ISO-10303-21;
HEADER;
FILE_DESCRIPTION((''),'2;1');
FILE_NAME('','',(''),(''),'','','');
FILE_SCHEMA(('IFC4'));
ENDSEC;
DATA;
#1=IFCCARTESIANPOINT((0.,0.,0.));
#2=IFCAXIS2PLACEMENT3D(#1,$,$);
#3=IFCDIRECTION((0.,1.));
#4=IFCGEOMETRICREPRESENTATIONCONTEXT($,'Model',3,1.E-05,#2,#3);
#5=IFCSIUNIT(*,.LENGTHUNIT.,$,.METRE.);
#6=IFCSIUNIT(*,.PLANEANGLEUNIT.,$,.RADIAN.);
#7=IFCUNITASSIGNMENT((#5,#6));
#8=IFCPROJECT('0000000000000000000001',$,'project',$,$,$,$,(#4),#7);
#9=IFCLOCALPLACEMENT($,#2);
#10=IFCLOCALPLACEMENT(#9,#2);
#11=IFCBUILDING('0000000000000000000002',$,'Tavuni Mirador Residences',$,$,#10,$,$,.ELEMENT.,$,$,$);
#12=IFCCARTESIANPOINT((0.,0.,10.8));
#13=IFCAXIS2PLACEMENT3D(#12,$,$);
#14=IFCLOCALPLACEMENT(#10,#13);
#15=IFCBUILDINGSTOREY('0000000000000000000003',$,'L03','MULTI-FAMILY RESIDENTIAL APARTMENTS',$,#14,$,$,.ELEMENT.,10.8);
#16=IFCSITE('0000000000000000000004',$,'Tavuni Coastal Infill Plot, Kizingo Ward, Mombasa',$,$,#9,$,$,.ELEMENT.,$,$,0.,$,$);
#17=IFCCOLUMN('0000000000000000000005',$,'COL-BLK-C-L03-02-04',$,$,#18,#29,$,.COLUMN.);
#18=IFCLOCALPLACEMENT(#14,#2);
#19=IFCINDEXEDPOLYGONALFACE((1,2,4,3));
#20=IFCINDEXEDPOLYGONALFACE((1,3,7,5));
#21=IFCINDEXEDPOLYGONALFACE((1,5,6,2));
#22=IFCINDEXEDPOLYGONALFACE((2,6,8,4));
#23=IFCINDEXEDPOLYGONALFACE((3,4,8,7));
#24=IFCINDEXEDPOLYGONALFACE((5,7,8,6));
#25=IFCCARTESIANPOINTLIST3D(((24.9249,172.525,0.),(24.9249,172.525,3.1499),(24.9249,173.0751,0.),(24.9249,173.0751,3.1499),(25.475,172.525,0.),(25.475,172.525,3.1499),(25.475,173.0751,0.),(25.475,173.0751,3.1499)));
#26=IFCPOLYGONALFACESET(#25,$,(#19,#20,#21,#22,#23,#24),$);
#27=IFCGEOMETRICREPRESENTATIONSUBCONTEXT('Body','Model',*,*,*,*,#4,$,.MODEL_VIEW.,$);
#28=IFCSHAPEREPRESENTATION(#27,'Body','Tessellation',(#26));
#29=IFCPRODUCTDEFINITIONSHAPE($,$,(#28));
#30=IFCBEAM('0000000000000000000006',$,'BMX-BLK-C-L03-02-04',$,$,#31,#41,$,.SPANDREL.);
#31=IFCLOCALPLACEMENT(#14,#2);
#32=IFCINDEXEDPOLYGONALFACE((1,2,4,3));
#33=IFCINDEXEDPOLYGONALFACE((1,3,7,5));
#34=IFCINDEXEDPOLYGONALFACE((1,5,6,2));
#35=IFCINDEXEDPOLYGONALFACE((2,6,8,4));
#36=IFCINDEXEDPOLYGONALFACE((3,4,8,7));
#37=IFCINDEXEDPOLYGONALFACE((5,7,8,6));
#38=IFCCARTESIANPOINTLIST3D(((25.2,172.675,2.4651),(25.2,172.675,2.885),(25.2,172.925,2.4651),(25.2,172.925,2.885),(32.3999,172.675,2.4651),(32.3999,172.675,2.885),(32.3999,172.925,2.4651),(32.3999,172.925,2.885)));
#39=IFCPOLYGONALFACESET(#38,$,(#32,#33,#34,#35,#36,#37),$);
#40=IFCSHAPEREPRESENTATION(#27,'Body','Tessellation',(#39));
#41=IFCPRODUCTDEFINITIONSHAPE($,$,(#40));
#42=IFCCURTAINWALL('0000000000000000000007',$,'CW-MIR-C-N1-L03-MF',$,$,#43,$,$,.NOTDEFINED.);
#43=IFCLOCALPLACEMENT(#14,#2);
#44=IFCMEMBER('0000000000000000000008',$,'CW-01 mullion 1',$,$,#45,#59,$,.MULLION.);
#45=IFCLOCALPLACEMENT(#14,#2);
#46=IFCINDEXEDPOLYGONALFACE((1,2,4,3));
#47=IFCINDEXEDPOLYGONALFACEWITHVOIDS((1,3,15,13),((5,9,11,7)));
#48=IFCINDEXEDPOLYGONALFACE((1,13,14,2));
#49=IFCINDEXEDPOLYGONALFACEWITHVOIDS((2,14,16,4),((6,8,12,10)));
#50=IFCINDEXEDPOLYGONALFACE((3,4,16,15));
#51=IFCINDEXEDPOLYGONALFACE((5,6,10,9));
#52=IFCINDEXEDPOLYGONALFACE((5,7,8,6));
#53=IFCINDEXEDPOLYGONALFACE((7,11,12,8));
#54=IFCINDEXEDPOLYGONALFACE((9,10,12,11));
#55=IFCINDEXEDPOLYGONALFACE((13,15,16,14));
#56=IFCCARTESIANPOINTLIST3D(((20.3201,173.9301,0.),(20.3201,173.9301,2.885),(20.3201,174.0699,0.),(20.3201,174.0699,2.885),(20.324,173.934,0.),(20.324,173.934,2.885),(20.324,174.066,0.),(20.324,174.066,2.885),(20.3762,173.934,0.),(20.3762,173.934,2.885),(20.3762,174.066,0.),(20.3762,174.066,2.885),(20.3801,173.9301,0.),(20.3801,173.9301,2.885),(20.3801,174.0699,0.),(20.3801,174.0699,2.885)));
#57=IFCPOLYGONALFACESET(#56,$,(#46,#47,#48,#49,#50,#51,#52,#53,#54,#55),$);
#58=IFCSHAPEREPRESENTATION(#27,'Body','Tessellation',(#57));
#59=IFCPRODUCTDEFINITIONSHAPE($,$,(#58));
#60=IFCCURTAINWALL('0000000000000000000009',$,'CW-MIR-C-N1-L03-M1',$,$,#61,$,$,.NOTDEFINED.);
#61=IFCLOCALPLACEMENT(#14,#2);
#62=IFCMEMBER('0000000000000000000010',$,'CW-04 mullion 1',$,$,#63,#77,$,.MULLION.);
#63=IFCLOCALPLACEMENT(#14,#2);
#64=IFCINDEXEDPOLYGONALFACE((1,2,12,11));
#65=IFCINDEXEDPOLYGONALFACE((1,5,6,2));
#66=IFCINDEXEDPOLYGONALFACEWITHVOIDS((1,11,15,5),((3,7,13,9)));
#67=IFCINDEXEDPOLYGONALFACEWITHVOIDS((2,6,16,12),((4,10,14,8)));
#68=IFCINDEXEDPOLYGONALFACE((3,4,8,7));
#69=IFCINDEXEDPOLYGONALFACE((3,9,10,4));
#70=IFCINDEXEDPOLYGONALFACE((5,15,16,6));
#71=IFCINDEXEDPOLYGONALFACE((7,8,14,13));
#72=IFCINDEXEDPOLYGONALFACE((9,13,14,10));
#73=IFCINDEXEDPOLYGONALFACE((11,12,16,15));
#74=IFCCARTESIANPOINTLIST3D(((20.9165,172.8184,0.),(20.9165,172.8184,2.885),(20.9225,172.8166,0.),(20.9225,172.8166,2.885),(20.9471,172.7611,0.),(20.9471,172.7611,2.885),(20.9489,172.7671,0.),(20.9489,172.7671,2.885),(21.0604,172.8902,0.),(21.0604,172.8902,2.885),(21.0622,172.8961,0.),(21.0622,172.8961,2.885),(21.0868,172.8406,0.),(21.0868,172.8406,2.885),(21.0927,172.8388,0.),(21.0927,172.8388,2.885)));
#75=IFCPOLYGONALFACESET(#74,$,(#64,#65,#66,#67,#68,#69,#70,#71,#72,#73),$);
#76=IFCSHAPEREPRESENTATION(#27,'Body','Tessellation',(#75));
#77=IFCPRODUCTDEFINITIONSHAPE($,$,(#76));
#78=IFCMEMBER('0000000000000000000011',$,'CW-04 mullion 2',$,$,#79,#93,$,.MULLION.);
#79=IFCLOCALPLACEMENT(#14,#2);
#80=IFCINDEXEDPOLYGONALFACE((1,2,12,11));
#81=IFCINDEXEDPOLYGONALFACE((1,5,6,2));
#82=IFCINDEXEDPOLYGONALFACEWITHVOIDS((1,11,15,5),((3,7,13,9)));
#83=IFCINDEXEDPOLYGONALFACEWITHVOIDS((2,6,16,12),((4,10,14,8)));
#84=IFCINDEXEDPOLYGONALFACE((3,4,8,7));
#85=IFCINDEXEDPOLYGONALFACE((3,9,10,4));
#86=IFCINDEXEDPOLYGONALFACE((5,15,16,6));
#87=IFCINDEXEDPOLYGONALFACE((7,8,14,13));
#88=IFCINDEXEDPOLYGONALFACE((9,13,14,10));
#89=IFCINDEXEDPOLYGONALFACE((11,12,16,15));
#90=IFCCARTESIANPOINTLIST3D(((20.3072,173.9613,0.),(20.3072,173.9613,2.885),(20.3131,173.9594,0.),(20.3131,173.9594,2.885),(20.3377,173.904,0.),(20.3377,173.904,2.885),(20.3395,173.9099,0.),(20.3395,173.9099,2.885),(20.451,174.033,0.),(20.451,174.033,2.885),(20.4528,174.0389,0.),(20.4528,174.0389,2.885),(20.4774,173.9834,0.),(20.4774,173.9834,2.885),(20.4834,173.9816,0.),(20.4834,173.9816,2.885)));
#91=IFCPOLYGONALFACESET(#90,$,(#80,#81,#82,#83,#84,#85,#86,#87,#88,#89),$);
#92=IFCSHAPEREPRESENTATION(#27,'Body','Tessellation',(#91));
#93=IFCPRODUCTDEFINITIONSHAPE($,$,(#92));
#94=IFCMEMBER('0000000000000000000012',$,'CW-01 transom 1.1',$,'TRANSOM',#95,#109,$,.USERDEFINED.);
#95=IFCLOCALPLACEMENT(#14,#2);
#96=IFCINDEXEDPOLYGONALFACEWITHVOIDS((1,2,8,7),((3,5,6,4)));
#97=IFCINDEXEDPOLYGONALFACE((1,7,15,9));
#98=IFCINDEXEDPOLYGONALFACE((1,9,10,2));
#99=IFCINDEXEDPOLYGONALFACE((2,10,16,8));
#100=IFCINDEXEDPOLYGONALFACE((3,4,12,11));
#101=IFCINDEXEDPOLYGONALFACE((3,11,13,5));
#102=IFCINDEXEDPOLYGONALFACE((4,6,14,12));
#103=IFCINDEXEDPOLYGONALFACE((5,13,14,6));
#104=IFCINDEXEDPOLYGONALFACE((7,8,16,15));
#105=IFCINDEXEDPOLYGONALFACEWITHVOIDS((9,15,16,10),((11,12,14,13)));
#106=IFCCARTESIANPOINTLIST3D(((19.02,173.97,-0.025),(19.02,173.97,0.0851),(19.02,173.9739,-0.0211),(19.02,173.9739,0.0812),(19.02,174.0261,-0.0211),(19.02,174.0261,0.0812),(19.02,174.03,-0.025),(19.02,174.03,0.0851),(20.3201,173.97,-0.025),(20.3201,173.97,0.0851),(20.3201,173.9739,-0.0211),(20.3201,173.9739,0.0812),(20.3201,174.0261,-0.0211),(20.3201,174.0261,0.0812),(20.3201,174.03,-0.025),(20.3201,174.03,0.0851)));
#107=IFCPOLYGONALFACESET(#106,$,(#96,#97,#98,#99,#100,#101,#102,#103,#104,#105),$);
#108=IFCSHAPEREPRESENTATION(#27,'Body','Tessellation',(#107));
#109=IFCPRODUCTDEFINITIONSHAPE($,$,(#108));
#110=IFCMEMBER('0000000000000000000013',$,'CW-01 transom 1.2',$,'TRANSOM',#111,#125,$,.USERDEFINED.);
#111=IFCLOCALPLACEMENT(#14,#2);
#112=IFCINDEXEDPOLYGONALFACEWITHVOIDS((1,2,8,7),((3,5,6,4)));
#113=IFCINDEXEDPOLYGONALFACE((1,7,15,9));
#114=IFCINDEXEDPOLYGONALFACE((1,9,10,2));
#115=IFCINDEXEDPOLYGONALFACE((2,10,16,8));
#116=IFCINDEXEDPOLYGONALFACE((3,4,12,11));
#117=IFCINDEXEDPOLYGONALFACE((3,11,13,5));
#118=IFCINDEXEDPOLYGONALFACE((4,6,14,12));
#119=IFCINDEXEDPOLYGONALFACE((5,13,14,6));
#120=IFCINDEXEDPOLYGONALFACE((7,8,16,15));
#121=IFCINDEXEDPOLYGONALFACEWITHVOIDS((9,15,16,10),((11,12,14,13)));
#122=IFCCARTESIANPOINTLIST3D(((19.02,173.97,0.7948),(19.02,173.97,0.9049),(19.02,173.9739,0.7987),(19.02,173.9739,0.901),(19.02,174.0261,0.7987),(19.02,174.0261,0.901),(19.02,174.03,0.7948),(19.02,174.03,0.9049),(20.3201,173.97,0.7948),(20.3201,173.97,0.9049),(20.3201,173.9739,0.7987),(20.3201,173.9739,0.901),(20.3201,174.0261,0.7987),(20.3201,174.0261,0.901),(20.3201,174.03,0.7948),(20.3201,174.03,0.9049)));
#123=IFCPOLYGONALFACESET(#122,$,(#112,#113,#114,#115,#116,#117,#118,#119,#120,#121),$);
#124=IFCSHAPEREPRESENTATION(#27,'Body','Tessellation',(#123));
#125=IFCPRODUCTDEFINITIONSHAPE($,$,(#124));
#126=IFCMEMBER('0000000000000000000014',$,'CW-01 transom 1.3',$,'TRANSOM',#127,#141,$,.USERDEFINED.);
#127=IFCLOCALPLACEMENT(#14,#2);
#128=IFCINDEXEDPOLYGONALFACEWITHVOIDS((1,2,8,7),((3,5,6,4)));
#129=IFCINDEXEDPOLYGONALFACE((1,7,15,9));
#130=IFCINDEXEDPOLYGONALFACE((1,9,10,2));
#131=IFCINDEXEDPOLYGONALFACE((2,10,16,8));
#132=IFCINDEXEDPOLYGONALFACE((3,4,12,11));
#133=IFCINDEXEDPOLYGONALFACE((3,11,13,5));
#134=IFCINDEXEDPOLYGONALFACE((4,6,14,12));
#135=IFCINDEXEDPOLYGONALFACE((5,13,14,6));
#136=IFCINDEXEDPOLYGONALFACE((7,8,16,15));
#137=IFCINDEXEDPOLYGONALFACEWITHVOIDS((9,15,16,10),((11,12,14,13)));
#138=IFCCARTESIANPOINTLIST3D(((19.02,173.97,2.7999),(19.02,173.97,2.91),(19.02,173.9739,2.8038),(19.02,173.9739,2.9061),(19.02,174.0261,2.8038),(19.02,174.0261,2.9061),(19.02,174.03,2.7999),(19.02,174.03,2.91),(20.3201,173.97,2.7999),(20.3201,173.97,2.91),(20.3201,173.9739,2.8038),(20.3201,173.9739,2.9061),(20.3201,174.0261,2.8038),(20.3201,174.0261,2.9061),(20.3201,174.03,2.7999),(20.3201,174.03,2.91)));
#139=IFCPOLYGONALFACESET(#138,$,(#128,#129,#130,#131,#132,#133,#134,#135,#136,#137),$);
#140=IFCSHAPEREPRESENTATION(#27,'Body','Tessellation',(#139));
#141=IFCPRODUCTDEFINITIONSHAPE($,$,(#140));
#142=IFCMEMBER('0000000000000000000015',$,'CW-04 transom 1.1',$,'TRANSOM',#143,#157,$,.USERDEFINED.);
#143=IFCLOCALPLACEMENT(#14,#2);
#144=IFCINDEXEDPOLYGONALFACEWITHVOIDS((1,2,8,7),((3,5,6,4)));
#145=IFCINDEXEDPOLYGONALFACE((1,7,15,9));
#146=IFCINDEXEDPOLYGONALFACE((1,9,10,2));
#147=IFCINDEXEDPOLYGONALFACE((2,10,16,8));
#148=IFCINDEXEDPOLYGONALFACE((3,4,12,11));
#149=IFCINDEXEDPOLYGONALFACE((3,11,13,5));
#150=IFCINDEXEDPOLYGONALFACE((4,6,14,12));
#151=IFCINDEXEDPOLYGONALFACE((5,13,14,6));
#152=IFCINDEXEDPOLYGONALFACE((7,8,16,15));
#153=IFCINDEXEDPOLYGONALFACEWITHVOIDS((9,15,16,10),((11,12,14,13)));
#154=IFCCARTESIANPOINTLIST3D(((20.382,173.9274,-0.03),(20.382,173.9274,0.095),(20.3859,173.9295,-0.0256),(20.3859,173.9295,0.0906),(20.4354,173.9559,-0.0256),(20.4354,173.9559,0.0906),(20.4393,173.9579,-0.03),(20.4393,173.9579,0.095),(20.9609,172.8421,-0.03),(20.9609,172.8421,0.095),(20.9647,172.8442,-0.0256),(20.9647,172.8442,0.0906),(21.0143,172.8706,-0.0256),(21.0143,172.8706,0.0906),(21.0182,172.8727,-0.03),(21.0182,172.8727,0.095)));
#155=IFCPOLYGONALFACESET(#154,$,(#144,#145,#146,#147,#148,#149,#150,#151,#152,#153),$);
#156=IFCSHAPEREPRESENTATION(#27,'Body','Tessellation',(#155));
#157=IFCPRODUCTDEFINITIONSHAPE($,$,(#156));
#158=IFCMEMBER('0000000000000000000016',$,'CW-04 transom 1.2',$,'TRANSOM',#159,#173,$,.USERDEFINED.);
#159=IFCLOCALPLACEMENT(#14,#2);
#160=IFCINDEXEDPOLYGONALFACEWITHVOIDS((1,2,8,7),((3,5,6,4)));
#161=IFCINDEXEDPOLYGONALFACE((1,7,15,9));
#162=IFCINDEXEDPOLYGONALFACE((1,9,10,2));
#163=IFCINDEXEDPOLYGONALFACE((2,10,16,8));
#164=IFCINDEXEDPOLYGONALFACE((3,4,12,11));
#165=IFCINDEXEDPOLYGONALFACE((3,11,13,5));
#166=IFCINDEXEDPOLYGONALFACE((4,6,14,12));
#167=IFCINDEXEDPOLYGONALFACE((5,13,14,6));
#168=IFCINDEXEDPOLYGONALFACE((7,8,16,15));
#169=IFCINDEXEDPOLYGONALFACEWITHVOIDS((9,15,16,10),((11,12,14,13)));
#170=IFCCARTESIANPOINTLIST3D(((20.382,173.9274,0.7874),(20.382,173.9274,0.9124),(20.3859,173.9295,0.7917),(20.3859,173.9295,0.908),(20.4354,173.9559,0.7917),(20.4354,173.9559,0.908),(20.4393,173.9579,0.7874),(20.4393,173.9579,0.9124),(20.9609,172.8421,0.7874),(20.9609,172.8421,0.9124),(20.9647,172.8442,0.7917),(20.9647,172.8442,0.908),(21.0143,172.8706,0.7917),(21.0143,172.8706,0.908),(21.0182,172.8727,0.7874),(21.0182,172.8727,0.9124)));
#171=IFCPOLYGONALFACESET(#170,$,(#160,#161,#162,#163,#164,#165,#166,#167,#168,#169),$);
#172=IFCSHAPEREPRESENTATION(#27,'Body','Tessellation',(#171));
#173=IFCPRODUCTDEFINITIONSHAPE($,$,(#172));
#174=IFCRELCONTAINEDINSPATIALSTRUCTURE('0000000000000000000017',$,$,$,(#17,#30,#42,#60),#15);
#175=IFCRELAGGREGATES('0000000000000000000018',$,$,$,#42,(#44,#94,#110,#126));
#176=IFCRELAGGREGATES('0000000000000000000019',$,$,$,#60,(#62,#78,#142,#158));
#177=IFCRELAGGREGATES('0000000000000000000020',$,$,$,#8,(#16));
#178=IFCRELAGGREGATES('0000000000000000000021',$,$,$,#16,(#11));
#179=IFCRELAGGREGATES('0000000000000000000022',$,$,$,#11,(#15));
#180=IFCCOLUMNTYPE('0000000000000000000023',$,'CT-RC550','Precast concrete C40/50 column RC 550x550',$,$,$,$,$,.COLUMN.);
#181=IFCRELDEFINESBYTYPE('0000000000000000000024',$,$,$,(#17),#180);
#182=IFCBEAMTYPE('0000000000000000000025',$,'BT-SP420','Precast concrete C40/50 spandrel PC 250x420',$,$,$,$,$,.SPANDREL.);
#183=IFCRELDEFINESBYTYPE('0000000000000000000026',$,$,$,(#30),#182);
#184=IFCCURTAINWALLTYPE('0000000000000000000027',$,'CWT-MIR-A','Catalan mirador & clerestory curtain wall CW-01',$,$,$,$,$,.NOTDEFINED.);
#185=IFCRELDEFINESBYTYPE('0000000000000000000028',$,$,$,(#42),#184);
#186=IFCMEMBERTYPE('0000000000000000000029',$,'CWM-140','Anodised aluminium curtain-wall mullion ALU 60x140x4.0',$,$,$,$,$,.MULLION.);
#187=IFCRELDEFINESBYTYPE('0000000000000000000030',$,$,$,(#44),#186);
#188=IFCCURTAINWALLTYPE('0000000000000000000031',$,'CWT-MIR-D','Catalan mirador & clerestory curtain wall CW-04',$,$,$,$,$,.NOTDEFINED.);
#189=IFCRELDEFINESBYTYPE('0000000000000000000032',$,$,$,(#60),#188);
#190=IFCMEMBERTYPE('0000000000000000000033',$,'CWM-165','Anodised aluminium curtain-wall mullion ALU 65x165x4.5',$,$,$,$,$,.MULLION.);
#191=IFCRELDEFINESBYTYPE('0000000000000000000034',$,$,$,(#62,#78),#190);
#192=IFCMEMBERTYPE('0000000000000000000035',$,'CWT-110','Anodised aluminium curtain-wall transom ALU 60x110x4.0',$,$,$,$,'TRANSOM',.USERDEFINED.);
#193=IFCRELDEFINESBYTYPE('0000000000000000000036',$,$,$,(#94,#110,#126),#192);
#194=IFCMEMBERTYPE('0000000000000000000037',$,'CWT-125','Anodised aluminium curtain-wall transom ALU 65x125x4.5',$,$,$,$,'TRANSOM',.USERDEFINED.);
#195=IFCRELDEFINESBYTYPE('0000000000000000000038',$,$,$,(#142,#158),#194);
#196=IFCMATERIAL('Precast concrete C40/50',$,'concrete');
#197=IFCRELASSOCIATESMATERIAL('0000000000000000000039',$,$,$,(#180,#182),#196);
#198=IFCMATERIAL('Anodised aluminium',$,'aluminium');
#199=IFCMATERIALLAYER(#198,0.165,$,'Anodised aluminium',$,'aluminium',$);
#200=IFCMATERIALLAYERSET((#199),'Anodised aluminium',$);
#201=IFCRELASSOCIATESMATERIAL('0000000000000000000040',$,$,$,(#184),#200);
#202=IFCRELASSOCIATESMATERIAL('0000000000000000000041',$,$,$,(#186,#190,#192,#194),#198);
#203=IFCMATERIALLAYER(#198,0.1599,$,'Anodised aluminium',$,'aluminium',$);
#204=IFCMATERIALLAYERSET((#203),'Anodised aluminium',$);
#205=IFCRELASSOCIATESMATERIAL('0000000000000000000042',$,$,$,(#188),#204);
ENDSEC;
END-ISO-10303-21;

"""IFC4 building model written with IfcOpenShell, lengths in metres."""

from ifc_helpers import new_model, si_unit, direction, frame, origin, origin_2d, place, context, subcontext, project, spatial, rectangle, hollow_rectangle, extrude, material, layer, layer_set, material_profile, profile_set, type_object, element, aggregate, save


model = new_model("IFC4")

# Units and contexts
model_context = context("Model", 3, precision=1e-05, world=origin(), true_north=direction((0.0, 1.0)))
body_context = subcontext(model_context, "Body", "Model", "MODEL_VIEW")
ifc_project = project(units=[si_unit("LENGTHUNIT", "METRE"), si_unit("PLANEANGLEUNIT", "RADIAN")], contexts=[model_context])

# Site, building, storey
site_placement = place(None, origin())
site = spatial("IfcSite", under=ifc_project, at=site_placement, Name="Tavuni Coastal Infill Plot, Kizingo Ward, Mombasa", CompositionType="ELEMENT", RefElevation=0.0)
building_placement = place(site_placement, origin())
building = spatial("IfcBuilding", under=site, at=building_placement, Name="Tavuni Mirador Residences", CompositionType="ELEMENT")
storey_placement = place(building_placement, frame((0.0, 0.0, 10.8)))
storey = spatial("IfcBuildingStorey", under=building, at=storey_placement, Name="L03", Description="MULTI-FAMILY RESIDENTIAL APARTMENTS", CompositionType="ELEMENT", Elevation=10.8)

# Column
ifc_material_1 = material(Name="Precast concrete C40/50", Category="concrete")
ifc_material_profile_1 = material_profile(ifc_material_1, rectangle(XDim=0.55, YDim=0.55, at=origin_2d()), Name="RC 550x550", Category="concrete")
ifc_profile_set_1 = profile_set([ifc_material_profile_1], Name="Precast concrete C40/50")
column_type = type_object("IfcColumnType", Name="CT-RC550", Description="Precast concrete C40/50 column RC 550x550", PredefinedType="COLUMN", material=ifc_profile_set_1)
column_placement = place(storey_placement, frame((25.2, 172.8, 0.0), z_axis=(0.0, 0.0, 1.0), x_axis=(1.0, 0.0, 0.0)))
element("IfcColumn", 1, at=column_placement, inside=storey, type_object=column_type, Name="COL-BLK-C-L03-02-04", PredefinedType="COLUMN", context=body_context, shape_type="SweptSolid", body=[
    extrude(rectangle(XDim=0.55, YDim=0.55, at=origin_2d()), origin(), (0.0, 0.0, 1.0), 3.1499),
])

# Beam
ifc_material_profile_2 = material_profile(ifc_material_1, rectangle(XDim=0.25, YDim=0.4199, at=origin_2d()), Name="PC 250x420", Category="concrete")
ifc_profile_set_2 = profile_set([ifc_material_profile_2], Name="Precast concrete C40/50")
beam_type = type_object("IfcBeamType", Name="BT-SP420", Description="Precast concrete C40/50 spandrel PC 250x420", PredefinedType="SPANDREL", material=ifc_profile_set_2)
beam_placement = place(storey_placement, frame((25.2, 172.8, 2.675), z_axis=(1.0, 0.0, 0.0), x_axis=(0.0, 1.0, 0.0)))
element("IfcBeam", 2, at=beam_placement, inside=storey, type_object=beam_type, Name="BMX-BLK-C-L03-02-04", PredefinedType="SPANDREL", context=body_context, shape_type="SweptSolid", body=[
    extrude(rectangle(XDim=0.25, YDim=0.4199, at=origin_2d()), origin(), (0.0, 0.0, 1.0), 7.2),
])

# Curtain wall, member
ifc_material_2 = material(Name="Anodised aluminium", Category="aluminium")
ifc_layer_1 = layer(ifc_material_2, 0.165, Name="Anodised aluminium", Category="aluminium")
ifc_layer_set_1 = layer_set([ifc_layer_1], Name="Anodised aluminium")
curtain_wall_type_1 = type_object("IfcCurtainWallType", Name="CWT-MIR-A", Description="Catalan mirador & clerestory curtain wall CW-01", PredefinedType="NOTDEFINED", material=ifc_layer_set_1)
curtain_wall_1_placement = place(storey_placement, origin())
curtain_wall_1 = element("IfcCurtainWall", 3, at=curtain_wall_1_placement, inside=storey, type_object=curtain_wall_type_1, Name="CW-MIR-C-N1-L03-MF", PredefinedType="NOTDEFINED")
ifc_material_profile_3 = material_profile(ifc_material_2, hollow_rectangle(XDim=0.0601, YDim=0.1399, WallThickness=0.0039, at=origin_2d()), Name="ALU 60x140x4.0", Category="aluminium")
ifc_profile_set_3 = profile_set([ifc_material_profile_3], Name="Anodised aluminium")
member_type_1 = type_object("IfcMemberType", Name="CWM-140", Description="Anodised aluminium curtain-wall mullion ALU 60x140x4.0", PredefinedType="MULLION", material=ifc_profile_set_3)
member_1_placement = place(storey_placement, frame((20.3501, 174.0, 0.0), z_axis=(0.0, 0.0, 1.0), x_axis=(-1.0, 0.0, 0.0)))
member_1 = element("IfcMember", 4, at=member_1_placement, type_object=member_type_1, Name="CW-01 mullion 1", PredefinedType="MULLION", context=body_context, shape_type="SweptSolid", body=[
    extrude(hollow_rectangle(XDim=0.0601, YDim=0.1399, WallThickness=0.0039, at=origin_2d()), origin(), (0.0, 0.0, 1.0), 2.885),
])

# Curtain wall, members
ifc_layer_2 = layer(ifc_material_2, 0.1599, Name="Anodised aluminium", Category="aluminium")
ifc_layer_set_2 = layer_set([ifc_layer_2], Name="Anodised aluminium")
curtain_wall_type_2 = type_object("IfcCurtainWallType", Name="CWT-MIR-D", Description="Catalan mirador & clerestory curtain wall CW-04", PredefinedType="NOTDEFINED", material=ifc_layer_set_2)
curtain_wall_2_placement = place(storey_placement, origin())
curtain_wall_2 = element("IfcCurtainWall", 5, at=curtain_wall_2_placement, inside=storey, type_object=curtain_wall_type_2, Name="CW-MIR-C-N1-L03-M1", PredefinedType="NOTDEFINED")
ifc_material_profile_4 = material_profile(ifc_material_2, hollow_rectangle(XDim=0.0649, YDim=0.165, WallThickness=0.0044, at=origin_2d()), Name="ALU 65x165x4.5", Category="aluminium")
ifc_profile_set_4 = profile_set([ifc_material_profile_4], Name="Anodised aluminium")
member_type_2 = type_object("IfcMemberType", Name="CWM-165", Description="Anodised aluminium curtain-wall mullion ALU 65x165x4.5", PredefinedType="MULLION", material=ifc_profile_set_4)
member_2_placement = place(storey_placement, frame((21.0046, 172.8286, 0.0), z_axis=(0.0, 0.0, 1.0), x_axis=(-0.470588, 0.882353, 0.0)))
member_2 = element("IfcMember", 6, at=member_2_placement, type_object=member_type_2, Name="CW-04 mullion 1", PredefinedType="MULLION", context=body_context, shape_type="SweptSolid", body=[
    extrude(hollow_rectangle(XDim=0.0649, YDim=0.165, WallThickness=0.0044, at=origin_2d()), origin(), (0.0, 0.0, 1.0), 2.885),
])
member_3_placement = place(storey_placement, frame((20.3953, 173.9714, 0.0), z_axis=(0.0, 0.0, 1.0), x_axis=(-0.470588, 0.882353, 0.0)))
member_3 = element("IfcMember", 7, at=member_3_placement, type_object=member_type_2, Name="CW-04 mullion 2", PredefinedType="MULLION", context=body_context, shape_type="SweptSolid", body=[
    extrude(hollow_rectangle(XDim=0.0649, YDim=0.165, WallThickness=0.0044, at=origin_2d()), origin(), (0.0, 0.0, 1.0), 2.885),
])

# Members
ifc_material_profile_5 = material_profile(ifc_material_2, hollow_rectangle(XDim=0.0601, YDim=0.1101, WallThickness=0.0039, at=origin_2d()), Name="ALU 60x110x4.0", Category="aluminium")
ifc_profile_set_5 = profile_set([ifc_material_profile_5], Name="Anodised aluminium")
member_type_3 = type_object("IfcMemberType", Name="CWT-110", Description="Anodised aluminium curtain-wall transom ALU 60x110x4.0", ElementType="TRANSOM", PredefinedType="USERDEFINED", material=ifc_profile_set_5)
member_4_placement = place(storey_placement, frame((20.3201, 174.0, 0.03), z_axis=(-1.0, 0.0, 0.0), x_axis=(0.0, -1.0, 0.0)))
member_4 = element("IfcMember", 8, at=member_4_placement, type_object=member_type_3, Name="CW-01 transom 1.1", ObjectType="TRANSOM", PredefinedType="USERDEFINED", context=body_context, shape_type="SweptSolid", body=[
    extrude(hollow_rectangle(XDim=0.0601, YDim=0.1101, WallThickness=0.0039, at=origin_2d()), origin(), (0.0, 0.0, 1.0), 1.3),
])
member_5_placement = place(storey_placement, frame((20.3201, 174.0, 0.8499), z_axis=(-1.0, 0.0, 0.0), x_axis=(0.0, -1.0, 0.0)))
member_5 = element("IfcMember", 9, at=member_5_placement, type_object=member_type_3, Name="CW-01 transom 1.2", ObjectType="TRANSOM", PredefinedType="USERDEFINED", context=body_context, shape_type="SweptSolid", body=[
    extrude(hollow_rectangle(XDim=0.0601, YDim=0.1101, WallThickness=0.0039, at=origin_2d()), origin(), (0.0, 0.0, 1.0), 1.3),
])
member_6_placement = place(storey_placement, frame((20.3201, 174.0, 2.855), z_axis=(-1.0, 0.0, 0.0), x_axis=(0.0, -1.0, 0.0)))
member_6 = element("IfcMember", 10, at=member_6_placement, type_object=member_type_3, Name="CW-01 transom 1.3", ObjectType="TRANSOM", PredefinedType="USERDEFINED", context=body_context, shape_type="SweptSolid", body=[
    extrude(hollow_rectangle(XDim=0.0601, YDim=0.1101, WallThickness=0.0039, at=origin_2d()), origin(), (0.0, 0.0, 1.0), 1.3),
])
aggregate(curtain_wall_1, [member_1, member_4, member_5, member_6])
ifc_material_profile_6 = material_profile(ifc_material_2, hollow_rectangle(XDim=0.0649, YDim=0.125, WallThickness=0.0044, at=origin_2d()), Name="ALU 65x125x4.5", Category="aluminium")
ifc_profile_set_6 = profile_set([ifc_material_profile_6], Name="Anodised aluminium")
member_type_4 = type_object("IfcMemberType", Name="CWT-125", Description="Anodised aluminium curtain-wall transom ALU 65x125x4.5", ElementType="TRANSOM", PredefinedType="USERDEFINED", material=ifc_profile_set_6)
member_7_placement = place(storey_placement, frame((20.9895, 172.8574, 0.0325), z_axis=(-0.47064, 0.882325, 0.0), x_axis=(-0.882325, -0.47064, 0.0)))
member_7 = element("IfcMember", 11, at=member_7_placement, type_object=member_type_4, Name="CW-04 transom 1.1", ObjectType="TRANSOM", PredefinedType="USERDEFINED", context=body_context, shape_type="SweptSolid", body=[
    extrude(hollow_rectangle(XDim=0.0649, YDim=0.125, WallThickness=0.0044, at=origin_2d()), origin(), (0.0, 0.0, 1.0), 1.23),
])
member_8_placement = place(storey_placement, frame((20.9895, 172.8574, 0.8499), z_axis=(-0.47064, 0.882325, 0.0), x_axis=(-0.882325, -0.47064, 0.0)))
member_8 = element("IfcMember", 12, at=member_8_placement, type_object=member_type_4, Name="CW-04 transom 1.2", ObjectType="TRANSOM", PredefinedType="USERDEFINED", context=body_context, shape_type="SweptSolid", body=[
    extrude(hollow_rectangle(XDim=0.0649, YDim=0.125, WallThickness=0.0044, at=origin_2d()), origin(), (0.0, 0.0, 1.0), 1.23),
])

aggregate(curtain_wall_2, [member_2, member_3, member_7, member_8])

save(model, "model.ifc")
